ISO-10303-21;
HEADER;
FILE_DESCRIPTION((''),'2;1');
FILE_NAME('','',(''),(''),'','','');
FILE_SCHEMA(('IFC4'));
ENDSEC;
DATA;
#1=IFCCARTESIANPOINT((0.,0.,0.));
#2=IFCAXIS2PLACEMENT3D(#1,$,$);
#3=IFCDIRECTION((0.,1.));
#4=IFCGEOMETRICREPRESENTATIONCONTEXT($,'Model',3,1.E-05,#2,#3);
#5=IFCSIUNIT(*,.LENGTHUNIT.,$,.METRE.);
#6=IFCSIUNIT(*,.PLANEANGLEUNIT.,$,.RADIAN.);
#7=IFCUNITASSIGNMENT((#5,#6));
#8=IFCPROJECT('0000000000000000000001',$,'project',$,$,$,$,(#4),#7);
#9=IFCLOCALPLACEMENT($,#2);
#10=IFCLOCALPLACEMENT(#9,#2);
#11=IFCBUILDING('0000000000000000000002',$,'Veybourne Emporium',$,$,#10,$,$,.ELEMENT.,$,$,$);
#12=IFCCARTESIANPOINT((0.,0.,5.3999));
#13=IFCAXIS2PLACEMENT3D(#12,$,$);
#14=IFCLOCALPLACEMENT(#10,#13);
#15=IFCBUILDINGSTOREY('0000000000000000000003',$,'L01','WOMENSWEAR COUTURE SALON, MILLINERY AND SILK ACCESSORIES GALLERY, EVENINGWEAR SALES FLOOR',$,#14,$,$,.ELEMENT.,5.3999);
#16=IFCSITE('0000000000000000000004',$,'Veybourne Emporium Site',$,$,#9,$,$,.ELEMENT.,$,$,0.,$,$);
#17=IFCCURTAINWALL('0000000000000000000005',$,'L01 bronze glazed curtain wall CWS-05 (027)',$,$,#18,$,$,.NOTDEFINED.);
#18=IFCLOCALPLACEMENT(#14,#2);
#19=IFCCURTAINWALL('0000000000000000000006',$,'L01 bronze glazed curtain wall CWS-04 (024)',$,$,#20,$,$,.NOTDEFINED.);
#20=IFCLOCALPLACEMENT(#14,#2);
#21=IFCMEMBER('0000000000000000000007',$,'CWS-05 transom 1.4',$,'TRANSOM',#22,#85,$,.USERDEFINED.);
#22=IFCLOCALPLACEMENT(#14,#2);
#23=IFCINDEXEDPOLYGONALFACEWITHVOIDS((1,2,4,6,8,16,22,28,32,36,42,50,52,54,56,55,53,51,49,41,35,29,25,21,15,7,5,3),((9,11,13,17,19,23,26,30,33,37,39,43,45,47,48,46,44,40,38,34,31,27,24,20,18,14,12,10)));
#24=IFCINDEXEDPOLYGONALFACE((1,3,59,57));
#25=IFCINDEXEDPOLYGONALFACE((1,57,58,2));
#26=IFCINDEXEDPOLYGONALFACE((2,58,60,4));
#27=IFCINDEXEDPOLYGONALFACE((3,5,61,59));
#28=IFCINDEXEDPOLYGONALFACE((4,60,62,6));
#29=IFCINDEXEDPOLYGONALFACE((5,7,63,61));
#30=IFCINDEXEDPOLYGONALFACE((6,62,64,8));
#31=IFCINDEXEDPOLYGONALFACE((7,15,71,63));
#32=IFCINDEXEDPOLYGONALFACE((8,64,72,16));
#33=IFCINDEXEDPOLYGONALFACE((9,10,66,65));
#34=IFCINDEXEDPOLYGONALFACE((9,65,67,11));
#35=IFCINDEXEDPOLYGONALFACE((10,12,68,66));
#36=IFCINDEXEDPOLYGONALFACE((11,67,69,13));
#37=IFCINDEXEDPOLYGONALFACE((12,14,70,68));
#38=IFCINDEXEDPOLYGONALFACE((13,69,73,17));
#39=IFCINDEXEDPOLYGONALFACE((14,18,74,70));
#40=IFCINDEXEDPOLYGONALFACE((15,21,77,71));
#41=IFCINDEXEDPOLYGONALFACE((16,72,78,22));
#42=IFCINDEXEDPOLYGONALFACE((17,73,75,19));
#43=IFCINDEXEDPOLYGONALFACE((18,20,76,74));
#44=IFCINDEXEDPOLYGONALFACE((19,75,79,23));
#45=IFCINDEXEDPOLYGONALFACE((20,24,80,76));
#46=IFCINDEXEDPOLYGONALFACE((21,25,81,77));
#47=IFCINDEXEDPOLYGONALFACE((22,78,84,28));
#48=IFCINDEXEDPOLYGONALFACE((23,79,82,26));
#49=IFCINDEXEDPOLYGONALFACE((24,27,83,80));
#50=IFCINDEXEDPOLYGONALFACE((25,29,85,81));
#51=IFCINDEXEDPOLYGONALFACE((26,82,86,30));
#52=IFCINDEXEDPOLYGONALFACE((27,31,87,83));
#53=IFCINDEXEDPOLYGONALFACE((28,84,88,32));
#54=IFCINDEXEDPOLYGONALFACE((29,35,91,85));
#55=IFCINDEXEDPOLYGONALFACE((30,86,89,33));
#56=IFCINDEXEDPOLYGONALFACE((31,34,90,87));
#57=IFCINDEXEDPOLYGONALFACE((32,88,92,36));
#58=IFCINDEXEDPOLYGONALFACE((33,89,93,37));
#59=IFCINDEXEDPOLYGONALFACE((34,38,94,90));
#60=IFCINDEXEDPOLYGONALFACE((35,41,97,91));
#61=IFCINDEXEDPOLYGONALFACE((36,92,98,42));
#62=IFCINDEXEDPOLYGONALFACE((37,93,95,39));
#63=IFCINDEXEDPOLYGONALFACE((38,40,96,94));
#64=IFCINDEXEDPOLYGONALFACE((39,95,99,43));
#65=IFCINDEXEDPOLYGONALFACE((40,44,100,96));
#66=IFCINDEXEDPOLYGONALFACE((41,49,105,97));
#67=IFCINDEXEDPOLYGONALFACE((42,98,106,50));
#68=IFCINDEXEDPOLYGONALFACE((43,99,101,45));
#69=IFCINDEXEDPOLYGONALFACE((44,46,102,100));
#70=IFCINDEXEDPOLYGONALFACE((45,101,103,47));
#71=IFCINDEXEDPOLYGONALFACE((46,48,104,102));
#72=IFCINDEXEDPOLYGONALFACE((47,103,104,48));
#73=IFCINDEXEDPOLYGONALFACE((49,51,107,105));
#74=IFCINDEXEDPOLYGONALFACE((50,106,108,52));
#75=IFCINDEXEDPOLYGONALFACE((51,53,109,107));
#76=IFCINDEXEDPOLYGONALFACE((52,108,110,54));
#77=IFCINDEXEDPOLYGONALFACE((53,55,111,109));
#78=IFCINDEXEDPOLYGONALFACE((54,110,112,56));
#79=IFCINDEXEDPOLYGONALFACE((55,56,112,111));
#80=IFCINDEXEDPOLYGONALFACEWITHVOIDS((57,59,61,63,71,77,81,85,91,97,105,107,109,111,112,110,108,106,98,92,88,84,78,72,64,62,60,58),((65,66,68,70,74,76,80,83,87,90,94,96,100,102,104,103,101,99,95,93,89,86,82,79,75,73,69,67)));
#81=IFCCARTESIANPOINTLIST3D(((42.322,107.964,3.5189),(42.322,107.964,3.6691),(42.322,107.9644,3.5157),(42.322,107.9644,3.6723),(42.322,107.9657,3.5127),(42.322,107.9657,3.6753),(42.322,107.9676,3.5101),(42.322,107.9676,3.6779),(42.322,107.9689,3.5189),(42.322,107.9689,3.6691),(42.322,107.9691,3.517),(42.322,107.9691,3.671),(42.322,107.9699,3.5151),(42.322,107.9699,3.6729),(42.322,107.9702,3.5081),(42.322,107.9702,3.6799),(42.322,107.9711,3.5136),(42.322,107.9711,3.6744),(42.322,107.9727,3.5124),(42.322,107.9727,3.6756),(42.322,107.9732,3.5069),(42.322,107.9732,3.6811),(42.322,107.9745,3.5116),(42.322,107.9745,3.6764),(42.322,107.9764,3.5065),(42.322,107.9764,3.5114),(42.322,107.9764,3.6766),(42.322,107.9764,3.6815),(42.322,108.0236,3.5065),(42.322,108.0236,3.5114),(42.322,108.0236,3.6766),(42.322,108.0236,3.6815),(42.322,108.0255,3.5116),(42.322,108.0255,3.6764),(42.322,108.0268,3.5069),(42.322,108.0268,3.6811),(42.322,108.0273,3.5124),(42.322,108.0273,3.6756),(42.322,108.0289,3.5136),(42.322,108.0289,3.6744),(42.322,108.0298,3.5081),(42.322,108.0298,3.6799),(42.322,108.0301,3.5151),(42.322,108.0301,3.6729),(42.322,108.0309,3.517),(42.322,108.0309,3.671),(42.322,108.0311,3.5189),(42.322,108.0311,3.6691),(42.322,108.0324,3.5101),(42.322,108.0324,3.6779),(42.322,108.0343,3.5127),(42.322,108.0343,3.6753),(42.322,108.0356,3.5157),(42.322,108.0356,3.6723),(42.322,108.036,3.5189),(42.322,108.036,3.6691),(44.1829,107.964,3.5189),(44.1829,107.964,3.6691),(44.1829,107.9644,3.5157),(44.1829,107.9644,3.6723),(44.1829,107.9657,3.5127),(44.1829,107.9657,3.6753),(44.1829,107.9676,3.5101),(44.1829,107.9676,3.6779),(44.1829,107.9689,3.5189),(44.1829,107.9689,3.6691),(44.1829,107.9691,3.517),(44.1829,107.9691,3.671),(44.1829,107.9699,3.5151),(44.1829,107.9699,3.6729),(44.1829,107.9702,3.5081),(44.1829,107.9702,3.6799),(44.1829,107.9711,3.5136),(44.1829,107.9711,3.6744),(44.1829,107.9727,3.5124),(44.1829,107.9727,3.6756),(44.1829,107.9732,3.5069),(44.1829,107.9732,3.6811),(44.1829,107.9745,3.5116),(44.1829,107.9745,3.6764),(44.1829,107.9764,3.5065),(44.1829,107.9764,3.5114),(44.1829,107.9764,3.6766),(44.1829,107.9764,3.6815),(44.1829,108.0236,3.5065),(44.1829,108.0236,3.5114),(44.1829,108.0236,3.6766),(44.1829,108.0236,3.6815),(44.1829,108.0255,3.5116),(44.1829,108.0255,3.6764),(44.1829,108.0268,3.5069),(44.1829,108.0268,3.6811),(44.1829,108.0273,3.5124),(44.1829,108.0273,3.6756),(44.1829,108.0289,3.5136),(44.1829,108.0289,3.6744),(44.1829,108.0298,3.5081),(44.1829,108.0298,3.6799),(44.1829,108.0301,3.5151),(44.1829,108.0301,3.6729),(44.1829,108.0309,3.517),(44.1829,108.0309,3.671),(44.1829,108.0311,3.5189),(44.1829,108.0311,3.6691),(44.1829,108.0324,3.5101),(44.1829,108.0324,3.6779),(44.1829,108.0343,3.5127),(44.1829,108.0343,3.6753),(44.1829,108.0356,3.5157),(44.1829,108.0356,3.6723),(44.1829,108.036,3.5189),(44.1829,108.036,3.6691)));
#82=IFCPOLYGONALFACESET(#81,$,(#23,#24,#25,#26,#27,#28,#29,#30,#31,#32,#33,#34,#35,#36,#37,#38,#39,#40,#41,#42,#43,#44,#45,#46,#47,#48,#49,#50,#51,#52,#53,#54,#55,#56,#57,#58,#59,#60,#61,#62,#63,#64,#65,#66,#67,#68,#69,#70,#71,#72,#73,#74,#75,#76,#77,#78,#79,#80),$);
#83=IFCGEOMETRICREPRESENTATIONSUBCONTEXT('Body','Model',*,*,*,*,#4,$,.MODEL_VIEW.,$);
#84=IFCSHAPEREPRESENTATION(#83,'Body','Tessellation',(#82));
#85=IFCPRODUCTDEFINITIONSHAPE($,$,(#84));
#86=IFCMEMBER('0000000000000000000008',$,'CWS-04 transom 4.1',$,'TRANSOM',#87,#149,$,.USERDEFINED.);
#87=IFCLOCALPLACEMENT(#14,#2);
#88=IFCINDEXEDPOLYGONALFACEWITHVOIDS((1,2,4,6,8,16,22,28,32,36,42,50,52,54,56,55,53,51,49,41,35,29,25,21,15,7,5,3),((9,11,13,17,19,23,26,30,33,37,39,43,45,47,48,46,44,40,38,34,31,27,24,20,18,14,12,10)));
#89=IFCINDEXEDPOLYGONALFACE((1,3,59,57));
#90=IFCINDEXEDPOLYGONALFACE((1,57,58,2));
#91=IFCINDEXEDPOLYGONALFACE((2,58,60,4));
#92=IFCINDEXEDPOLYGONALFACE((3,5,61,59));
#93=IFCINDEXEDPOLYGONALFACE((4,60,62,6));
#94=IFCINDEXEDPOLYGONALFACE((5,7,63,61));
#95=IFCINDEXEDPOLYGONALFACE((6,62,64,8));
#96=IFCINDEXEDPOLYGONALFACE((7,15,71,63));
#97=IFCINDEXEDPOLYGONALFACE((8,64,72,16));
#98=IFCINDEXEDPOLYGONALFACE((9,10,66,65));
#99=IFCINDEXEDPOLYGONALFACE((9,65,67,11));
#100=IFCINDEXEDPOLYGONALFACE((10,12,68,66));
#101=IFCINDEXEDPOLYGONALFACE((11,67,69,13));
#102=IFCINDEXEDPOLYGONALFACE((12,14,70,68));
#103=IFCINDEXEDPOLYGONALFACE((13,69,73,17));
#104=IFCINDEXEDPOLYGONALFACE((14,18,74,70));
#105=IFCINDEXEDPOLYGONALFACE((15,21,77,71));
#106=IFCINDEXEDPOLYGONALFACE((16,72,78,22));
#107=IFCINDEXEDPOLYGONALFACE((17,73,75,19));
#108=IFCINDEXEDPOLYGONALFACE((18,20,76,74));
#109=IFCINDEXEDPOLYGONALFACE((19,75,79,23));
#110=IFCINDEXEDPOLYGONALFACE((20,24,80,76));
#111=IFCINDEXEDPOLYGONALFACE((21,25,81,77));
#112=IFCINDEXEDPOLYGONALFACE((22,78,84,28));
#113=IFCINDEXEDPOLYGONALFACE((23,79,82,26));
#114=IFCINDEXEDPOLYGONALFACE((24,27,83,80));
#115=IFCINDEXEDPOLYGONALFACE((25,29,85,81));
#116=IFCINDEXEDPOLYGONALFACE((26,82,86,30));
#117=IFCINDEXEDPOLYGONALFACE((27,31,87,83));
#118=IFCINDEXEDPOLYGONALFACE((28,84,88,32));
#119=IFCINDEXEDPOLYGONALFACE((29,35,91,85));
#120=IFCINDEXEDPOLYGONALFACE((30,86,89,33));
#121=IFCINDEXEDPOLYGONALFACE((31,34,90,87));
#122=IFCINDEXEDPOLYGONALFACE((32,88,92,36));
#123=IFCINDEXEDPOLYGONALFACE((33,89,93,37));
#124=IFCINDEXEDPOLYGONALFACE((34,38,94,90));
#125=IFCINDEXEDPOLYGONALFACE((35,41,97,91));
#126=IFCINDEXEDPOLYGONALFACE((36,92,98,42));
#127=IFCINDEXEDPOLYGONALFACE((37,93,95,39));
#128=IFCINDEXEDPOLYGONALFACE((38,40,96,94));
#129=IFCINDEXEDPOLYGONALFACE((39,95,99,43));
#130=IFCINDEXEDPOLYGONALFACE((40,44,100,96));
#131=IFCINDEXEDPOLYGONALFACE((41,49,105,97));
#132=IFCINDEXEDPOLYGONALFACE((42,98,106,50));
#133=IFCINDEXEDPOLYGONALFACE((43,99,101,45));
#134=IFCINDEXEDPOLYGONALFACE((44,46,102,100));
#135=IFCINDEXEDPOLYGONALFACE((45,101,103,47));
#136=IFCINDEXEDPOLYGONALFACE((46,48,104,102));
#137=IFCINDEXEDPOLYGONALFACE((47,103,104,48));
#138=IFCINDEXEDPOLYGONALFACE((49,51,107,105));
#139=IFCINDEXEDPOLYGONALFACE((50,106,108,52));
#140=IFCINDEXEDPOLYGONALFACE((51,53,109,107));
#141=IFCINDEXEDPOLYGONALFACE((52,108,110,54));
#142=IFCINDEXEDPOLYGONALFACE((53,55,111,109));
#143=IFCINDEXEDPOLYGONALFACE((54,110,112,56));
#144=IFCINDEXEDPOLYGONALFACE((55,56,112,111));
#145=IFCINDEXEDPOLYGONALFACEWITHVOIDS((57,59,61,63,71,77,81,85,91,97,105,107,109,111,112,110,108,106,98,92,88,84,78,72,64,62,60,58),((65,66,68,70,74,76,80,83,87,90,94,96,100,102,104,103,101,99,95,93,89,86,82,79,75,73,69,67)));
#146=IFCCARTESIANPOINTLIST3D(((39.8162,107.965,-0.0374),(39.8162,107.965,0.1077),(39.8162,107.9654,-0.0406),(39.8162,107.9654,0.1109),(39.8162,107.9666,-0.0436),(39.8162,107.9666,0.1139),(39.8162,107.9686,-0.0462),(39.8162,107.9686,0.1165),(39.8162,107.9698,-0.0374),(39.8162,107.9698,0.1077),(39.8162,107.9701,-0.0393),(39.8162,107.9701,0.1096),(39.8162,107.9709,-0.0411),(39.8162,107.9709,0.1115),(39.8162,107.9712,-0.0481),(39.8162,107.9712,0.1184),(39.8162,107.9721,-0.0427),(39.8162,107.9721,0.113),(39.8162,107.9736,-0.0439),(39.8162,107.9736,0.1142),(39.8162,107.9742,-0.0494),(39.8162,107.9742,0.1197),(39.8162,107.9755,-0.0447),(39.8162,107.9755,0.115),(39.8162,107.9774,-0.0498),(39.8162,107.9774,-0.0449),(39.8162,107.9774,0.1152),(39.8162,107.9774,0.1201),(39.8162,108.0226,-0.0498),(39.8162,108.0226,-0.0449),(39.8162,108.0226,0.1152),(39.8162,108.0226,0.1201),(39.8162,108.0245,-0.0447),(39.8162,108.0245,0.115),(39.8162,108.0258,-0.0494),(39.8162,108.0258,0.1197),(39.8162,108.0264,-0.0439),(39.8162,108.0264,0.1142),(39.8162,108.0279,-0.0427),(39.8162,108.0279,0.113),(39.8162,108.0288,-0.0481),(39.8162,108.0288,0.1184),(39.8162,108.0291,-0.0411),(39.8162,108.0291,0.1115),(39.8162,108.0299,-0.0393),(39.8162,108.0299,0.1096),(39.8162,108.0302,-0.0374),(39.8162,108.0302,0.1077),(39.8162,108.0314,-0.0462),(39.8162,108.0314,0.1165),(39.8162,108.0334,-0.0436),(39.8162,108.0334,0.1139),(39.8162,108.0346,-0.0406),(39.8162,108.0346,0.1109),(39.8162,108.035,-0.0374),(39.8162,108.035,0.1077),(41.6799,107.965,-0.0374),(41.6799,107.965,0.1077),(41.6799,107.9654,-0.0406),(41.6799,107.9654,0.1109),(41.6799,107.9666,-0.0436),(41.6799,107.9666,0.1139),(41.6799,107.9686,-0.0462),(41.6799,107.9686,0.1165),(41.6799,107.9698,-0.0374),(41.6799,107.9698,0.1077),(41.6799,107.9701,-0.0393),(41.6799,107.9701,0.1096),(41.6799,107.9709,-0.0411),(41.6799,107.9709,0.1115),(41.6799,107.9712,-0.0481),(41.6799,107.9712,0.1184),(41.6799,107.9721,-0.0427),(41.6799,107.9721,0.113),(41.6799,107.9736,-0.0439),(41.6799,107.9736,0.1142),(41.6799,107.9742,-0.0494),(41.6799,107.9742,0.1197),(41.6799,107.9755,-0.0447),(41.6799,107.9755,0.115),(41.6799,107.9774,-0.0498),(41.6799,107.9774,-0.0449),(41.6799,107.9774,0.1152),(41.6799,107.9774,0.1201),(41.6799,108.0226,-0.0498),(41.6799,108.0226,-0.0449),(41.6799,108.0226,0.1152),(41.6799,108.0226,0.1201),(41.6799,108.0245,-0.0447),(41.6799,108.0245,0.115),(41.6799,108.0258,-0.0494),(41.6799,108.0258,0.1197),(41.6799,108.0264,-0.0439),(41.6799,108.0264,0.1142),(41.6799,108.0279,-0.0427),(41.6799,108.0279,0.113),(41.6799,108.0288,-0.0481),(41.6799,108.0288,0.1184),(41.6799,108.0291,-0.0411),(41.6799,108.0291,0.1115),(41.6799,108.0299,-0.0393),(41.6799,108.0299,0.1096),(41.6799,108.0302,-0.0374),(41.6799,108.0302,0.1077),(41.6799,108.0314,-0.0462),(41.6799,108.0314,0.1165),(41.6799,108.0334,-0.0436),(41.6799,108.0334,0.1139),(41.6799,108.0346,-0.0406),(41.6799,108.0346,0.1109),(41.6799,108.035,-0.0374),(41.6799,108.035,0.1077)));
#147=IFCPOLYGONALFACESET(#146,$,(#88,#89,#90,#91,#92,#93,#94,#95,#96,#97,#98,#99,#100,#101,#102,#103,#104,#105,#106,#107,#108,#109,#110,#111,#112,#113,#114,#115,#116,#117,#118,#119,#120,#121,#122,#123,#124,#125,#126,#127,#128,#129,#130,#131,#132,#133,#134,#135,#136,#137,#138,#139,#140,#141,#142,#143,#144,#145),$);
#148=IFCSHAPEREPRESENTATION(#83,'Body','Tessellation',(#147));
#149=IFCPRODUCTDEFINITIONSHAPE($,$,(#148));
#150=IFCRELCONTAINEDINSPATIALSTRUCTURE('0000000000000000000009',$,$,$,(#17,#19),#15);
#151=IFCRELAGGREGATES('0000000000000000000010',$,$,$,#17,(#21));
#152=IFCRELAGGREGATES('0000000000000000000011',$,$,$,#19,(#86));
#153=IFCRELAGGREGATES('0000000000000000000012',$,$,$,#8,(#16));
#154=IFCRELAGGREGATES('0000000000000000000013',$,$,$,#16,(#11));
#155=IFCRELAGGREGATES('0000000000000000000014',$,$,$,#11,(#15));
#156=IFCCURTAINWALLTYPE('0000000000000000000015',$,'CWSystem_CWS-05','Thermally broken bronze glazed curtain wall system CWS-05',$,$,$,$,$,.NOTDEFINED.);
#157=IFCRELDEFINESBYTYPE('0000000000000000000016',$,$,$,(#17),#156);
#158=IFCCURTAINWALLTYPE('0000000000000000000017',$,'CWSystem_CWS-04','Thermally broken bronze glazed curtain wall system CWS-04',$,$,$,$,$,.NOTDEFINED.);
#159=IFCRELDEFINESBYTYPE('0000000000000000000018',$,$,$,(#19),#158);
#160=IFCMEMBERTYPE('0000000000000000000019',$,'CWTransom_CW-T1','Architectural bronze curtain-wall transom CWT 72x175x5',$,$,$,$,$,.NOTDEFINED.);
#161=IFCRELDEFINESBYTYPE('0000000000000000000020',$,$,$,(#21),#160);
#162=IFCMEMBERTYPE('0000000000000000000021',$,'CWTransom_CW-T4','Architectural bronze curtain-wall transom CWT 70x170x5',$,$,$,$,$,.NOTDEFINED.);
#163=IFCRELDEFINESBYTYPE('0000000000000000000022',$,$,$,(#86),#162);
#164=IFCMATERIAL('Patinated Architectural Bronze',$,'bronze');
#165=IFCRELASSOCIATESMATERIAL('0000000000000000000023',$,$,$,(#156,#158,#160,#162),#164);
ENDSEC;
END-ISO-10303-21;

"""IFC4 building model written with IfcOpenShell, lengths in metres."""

from ifc_helpers import new_model, si_unit, direction, frame, origin, origin_2d, place, context, subcontext, project, spatial, hollow_rectangle, extrude, material, material_profile, profile_set, type_object, element, aggregate, save


model = new_model("IFC4")

# Units and contexts
model_context = context("Model", 3, precision=1e-05, world=origin(), true_north=direction((0.0, 1.0)))
body_context = subcontext(model_context, "Body", "Model", "MODEL_VIEW")
ifc_project = project(units=[si_unit("LENGTHUNIT", "METRE"), si_unit("PLANEANGLEUNIT", "RADIAN")], contexts=[model_context])

# Site, building, storey
site_placement = place(None, origin())
site = spatial("IfcSite", under=ifc_project, at=site_placement, Name="Veybourne Emporium Site", CompositionType="ELEMENT", RefElevation=0.0)
building_placement = place(site_placement, origin())
building = spatial("IfcBuilding", under=site, at=building_placement, Name="Veybourne Emporium", CompositionType="ELEMENT")
storey_placement = place(building_placement, frame((0.0, 0.0, 5.3999)))
storey = spatial("IfcBuildingStorey", under=building, at=storey_placement, Name="L01", Description="WOMENSWEAR COUTURE SALON, MILLINERY AND SILK ACCESSORIES GALLERY, EVENINGWEAR SALES FLOOR", CompositionType="ELEMENT", Elevation=5.3999)

# Curtain wall
ifc_material_1 = material(Name="Patinated Architectural Bronze", Category="bronze")
curtain_wall_type_1 = type_object("IfcCurtainWallType", Name="CWSystem_CWS-05", Description="Thermally broken bronze glazed curtain wall system CWS-05", PredefinedType="NOTDEFINED", material=ifc_material_1)
curtain_wall_1_placement = place(storey_placement, origin())
curtain_wall_1 = element("IfcCurtainWall", 1, at=curtain_wall_1_placement, inside=storey, type_object=curtain_wall_type_1, Name="L01 bronze glazed curtain wall CWS-05 (027)", PredefinedType="NOTDEFINED")

# Curtain wall
curtain_wall_type_2 = type_object("IfcCurtainWallType", Name="CWSystem_CWS-04", Description="Thermally broken bronze glazed curtain wall system CWS-04", PredefinedType="NOTDEFINED", material=ifc_material_1)
curtain_wall_2_placement = place(storey_placement, origin())
curtain_wall_2 = element("IfcCurtainWall", 2, at=curtain_wall_2_placement, inside=storey, type_object=curtain_wall_type_2, Name="L01 bronze glazed curtain wall CWS-04 (024)", PredefinedType="NOTDEFINED")

# Members
ifc_material_profile_1 = material_profile(ifc_material_1, hollow_rectangle(XDim=0.072, YDim=0.175, WallThickness=0.0049, InnerFilletRadius=0.0076, OuterFilletRadius=0.0125, at=origin_2d()), Name="CWT 72x175x5")
ifc_profile_set_1 = profile_set([ifc_material_profile_1], Name="Patinated Architectural Bronze")
member_type_1 = type_object("IfcMemberType", Name="CWTransom_CW-T1", Description="Architectural bronze curtain-wall transom CWT 72x175x5", PredefinedType="NOTDEFINED", material=ifc_profile_set_1)
member_1_placement = place(storey_placement, frame((42.322, 108.0, 3.594), z_axis=(1.0, 0.0, 0.0), x_axis=(0.0, 1.0, 0.0)))
member_1 = element("IfcMember", 3, at=member_1_placement, type_object=member_type_1, Name="CWS-05 transom 1.4", ObjectType="TRANSOM", PredefinedType="USERDEFINED", context=body_context, shape_type="SweptSolid", body=[
    extrude(hollow_rectangle(XDim=0.072, YDim=0.175, WallThickness=0.0049, InnerFilletRadius=0.0076, OuterFilletRadius=0.0125, at=origin_2d()), origin(), (0.0, 0.0, 1.0), 1.8608),
])
aggregate(curtain_wall_1, [member_1])
ifc_material_profile_2 = material_profile(ifc_material_1, hollow_rectangle(XDim=0.0701, YDim=0.1699, WallThickness=0.0049, InnerFilletRadius=0.0076, OuterFilletRadius=0.0125, at=origin_2d()), Name="CWT 70x170x5")
ifc_profile_set_2 = profile_set([ifc_material_profile_2], Name="Patinated Architectural Bronze")
member_type_2 = type_object("IfcMemberType", Name="CWTransom_CW-T4", Description="Architectural bronze curtain-wall transom CWT 70x170x5", PredefinedType="NOTDEFINED", material=ifc_profile_set_2)
member_2_placement = place(storey_placement, frame((39.8162, 108.0, 0.0352), z_axis=(1.0, 0.0, 0.0), x_axis=(0.0, 1.0, 0.0)))
member_2 = element("IfcMember", 4, at=member_2_placement, type_object=member_type_2, Name="CWS-04 transom 4.1", ObjectType="TRANSOM", PredefinedType="USERDEFINED", context=body_context, shape_type="SweptSolid", body=[
    extrude(hollow_rectangle(XDim=0.0701, YDim=0.1699, WallThickness=0.0049, InnerFilletRadius=0.0076, OuterFilletRadius=0.0125, at=origin_2d()), origin(), (0.0, 0.0, 1.0), 1.8638),
])

aggregate(curtain_wall_2, [member_2])

save(model, "model.ifc")
